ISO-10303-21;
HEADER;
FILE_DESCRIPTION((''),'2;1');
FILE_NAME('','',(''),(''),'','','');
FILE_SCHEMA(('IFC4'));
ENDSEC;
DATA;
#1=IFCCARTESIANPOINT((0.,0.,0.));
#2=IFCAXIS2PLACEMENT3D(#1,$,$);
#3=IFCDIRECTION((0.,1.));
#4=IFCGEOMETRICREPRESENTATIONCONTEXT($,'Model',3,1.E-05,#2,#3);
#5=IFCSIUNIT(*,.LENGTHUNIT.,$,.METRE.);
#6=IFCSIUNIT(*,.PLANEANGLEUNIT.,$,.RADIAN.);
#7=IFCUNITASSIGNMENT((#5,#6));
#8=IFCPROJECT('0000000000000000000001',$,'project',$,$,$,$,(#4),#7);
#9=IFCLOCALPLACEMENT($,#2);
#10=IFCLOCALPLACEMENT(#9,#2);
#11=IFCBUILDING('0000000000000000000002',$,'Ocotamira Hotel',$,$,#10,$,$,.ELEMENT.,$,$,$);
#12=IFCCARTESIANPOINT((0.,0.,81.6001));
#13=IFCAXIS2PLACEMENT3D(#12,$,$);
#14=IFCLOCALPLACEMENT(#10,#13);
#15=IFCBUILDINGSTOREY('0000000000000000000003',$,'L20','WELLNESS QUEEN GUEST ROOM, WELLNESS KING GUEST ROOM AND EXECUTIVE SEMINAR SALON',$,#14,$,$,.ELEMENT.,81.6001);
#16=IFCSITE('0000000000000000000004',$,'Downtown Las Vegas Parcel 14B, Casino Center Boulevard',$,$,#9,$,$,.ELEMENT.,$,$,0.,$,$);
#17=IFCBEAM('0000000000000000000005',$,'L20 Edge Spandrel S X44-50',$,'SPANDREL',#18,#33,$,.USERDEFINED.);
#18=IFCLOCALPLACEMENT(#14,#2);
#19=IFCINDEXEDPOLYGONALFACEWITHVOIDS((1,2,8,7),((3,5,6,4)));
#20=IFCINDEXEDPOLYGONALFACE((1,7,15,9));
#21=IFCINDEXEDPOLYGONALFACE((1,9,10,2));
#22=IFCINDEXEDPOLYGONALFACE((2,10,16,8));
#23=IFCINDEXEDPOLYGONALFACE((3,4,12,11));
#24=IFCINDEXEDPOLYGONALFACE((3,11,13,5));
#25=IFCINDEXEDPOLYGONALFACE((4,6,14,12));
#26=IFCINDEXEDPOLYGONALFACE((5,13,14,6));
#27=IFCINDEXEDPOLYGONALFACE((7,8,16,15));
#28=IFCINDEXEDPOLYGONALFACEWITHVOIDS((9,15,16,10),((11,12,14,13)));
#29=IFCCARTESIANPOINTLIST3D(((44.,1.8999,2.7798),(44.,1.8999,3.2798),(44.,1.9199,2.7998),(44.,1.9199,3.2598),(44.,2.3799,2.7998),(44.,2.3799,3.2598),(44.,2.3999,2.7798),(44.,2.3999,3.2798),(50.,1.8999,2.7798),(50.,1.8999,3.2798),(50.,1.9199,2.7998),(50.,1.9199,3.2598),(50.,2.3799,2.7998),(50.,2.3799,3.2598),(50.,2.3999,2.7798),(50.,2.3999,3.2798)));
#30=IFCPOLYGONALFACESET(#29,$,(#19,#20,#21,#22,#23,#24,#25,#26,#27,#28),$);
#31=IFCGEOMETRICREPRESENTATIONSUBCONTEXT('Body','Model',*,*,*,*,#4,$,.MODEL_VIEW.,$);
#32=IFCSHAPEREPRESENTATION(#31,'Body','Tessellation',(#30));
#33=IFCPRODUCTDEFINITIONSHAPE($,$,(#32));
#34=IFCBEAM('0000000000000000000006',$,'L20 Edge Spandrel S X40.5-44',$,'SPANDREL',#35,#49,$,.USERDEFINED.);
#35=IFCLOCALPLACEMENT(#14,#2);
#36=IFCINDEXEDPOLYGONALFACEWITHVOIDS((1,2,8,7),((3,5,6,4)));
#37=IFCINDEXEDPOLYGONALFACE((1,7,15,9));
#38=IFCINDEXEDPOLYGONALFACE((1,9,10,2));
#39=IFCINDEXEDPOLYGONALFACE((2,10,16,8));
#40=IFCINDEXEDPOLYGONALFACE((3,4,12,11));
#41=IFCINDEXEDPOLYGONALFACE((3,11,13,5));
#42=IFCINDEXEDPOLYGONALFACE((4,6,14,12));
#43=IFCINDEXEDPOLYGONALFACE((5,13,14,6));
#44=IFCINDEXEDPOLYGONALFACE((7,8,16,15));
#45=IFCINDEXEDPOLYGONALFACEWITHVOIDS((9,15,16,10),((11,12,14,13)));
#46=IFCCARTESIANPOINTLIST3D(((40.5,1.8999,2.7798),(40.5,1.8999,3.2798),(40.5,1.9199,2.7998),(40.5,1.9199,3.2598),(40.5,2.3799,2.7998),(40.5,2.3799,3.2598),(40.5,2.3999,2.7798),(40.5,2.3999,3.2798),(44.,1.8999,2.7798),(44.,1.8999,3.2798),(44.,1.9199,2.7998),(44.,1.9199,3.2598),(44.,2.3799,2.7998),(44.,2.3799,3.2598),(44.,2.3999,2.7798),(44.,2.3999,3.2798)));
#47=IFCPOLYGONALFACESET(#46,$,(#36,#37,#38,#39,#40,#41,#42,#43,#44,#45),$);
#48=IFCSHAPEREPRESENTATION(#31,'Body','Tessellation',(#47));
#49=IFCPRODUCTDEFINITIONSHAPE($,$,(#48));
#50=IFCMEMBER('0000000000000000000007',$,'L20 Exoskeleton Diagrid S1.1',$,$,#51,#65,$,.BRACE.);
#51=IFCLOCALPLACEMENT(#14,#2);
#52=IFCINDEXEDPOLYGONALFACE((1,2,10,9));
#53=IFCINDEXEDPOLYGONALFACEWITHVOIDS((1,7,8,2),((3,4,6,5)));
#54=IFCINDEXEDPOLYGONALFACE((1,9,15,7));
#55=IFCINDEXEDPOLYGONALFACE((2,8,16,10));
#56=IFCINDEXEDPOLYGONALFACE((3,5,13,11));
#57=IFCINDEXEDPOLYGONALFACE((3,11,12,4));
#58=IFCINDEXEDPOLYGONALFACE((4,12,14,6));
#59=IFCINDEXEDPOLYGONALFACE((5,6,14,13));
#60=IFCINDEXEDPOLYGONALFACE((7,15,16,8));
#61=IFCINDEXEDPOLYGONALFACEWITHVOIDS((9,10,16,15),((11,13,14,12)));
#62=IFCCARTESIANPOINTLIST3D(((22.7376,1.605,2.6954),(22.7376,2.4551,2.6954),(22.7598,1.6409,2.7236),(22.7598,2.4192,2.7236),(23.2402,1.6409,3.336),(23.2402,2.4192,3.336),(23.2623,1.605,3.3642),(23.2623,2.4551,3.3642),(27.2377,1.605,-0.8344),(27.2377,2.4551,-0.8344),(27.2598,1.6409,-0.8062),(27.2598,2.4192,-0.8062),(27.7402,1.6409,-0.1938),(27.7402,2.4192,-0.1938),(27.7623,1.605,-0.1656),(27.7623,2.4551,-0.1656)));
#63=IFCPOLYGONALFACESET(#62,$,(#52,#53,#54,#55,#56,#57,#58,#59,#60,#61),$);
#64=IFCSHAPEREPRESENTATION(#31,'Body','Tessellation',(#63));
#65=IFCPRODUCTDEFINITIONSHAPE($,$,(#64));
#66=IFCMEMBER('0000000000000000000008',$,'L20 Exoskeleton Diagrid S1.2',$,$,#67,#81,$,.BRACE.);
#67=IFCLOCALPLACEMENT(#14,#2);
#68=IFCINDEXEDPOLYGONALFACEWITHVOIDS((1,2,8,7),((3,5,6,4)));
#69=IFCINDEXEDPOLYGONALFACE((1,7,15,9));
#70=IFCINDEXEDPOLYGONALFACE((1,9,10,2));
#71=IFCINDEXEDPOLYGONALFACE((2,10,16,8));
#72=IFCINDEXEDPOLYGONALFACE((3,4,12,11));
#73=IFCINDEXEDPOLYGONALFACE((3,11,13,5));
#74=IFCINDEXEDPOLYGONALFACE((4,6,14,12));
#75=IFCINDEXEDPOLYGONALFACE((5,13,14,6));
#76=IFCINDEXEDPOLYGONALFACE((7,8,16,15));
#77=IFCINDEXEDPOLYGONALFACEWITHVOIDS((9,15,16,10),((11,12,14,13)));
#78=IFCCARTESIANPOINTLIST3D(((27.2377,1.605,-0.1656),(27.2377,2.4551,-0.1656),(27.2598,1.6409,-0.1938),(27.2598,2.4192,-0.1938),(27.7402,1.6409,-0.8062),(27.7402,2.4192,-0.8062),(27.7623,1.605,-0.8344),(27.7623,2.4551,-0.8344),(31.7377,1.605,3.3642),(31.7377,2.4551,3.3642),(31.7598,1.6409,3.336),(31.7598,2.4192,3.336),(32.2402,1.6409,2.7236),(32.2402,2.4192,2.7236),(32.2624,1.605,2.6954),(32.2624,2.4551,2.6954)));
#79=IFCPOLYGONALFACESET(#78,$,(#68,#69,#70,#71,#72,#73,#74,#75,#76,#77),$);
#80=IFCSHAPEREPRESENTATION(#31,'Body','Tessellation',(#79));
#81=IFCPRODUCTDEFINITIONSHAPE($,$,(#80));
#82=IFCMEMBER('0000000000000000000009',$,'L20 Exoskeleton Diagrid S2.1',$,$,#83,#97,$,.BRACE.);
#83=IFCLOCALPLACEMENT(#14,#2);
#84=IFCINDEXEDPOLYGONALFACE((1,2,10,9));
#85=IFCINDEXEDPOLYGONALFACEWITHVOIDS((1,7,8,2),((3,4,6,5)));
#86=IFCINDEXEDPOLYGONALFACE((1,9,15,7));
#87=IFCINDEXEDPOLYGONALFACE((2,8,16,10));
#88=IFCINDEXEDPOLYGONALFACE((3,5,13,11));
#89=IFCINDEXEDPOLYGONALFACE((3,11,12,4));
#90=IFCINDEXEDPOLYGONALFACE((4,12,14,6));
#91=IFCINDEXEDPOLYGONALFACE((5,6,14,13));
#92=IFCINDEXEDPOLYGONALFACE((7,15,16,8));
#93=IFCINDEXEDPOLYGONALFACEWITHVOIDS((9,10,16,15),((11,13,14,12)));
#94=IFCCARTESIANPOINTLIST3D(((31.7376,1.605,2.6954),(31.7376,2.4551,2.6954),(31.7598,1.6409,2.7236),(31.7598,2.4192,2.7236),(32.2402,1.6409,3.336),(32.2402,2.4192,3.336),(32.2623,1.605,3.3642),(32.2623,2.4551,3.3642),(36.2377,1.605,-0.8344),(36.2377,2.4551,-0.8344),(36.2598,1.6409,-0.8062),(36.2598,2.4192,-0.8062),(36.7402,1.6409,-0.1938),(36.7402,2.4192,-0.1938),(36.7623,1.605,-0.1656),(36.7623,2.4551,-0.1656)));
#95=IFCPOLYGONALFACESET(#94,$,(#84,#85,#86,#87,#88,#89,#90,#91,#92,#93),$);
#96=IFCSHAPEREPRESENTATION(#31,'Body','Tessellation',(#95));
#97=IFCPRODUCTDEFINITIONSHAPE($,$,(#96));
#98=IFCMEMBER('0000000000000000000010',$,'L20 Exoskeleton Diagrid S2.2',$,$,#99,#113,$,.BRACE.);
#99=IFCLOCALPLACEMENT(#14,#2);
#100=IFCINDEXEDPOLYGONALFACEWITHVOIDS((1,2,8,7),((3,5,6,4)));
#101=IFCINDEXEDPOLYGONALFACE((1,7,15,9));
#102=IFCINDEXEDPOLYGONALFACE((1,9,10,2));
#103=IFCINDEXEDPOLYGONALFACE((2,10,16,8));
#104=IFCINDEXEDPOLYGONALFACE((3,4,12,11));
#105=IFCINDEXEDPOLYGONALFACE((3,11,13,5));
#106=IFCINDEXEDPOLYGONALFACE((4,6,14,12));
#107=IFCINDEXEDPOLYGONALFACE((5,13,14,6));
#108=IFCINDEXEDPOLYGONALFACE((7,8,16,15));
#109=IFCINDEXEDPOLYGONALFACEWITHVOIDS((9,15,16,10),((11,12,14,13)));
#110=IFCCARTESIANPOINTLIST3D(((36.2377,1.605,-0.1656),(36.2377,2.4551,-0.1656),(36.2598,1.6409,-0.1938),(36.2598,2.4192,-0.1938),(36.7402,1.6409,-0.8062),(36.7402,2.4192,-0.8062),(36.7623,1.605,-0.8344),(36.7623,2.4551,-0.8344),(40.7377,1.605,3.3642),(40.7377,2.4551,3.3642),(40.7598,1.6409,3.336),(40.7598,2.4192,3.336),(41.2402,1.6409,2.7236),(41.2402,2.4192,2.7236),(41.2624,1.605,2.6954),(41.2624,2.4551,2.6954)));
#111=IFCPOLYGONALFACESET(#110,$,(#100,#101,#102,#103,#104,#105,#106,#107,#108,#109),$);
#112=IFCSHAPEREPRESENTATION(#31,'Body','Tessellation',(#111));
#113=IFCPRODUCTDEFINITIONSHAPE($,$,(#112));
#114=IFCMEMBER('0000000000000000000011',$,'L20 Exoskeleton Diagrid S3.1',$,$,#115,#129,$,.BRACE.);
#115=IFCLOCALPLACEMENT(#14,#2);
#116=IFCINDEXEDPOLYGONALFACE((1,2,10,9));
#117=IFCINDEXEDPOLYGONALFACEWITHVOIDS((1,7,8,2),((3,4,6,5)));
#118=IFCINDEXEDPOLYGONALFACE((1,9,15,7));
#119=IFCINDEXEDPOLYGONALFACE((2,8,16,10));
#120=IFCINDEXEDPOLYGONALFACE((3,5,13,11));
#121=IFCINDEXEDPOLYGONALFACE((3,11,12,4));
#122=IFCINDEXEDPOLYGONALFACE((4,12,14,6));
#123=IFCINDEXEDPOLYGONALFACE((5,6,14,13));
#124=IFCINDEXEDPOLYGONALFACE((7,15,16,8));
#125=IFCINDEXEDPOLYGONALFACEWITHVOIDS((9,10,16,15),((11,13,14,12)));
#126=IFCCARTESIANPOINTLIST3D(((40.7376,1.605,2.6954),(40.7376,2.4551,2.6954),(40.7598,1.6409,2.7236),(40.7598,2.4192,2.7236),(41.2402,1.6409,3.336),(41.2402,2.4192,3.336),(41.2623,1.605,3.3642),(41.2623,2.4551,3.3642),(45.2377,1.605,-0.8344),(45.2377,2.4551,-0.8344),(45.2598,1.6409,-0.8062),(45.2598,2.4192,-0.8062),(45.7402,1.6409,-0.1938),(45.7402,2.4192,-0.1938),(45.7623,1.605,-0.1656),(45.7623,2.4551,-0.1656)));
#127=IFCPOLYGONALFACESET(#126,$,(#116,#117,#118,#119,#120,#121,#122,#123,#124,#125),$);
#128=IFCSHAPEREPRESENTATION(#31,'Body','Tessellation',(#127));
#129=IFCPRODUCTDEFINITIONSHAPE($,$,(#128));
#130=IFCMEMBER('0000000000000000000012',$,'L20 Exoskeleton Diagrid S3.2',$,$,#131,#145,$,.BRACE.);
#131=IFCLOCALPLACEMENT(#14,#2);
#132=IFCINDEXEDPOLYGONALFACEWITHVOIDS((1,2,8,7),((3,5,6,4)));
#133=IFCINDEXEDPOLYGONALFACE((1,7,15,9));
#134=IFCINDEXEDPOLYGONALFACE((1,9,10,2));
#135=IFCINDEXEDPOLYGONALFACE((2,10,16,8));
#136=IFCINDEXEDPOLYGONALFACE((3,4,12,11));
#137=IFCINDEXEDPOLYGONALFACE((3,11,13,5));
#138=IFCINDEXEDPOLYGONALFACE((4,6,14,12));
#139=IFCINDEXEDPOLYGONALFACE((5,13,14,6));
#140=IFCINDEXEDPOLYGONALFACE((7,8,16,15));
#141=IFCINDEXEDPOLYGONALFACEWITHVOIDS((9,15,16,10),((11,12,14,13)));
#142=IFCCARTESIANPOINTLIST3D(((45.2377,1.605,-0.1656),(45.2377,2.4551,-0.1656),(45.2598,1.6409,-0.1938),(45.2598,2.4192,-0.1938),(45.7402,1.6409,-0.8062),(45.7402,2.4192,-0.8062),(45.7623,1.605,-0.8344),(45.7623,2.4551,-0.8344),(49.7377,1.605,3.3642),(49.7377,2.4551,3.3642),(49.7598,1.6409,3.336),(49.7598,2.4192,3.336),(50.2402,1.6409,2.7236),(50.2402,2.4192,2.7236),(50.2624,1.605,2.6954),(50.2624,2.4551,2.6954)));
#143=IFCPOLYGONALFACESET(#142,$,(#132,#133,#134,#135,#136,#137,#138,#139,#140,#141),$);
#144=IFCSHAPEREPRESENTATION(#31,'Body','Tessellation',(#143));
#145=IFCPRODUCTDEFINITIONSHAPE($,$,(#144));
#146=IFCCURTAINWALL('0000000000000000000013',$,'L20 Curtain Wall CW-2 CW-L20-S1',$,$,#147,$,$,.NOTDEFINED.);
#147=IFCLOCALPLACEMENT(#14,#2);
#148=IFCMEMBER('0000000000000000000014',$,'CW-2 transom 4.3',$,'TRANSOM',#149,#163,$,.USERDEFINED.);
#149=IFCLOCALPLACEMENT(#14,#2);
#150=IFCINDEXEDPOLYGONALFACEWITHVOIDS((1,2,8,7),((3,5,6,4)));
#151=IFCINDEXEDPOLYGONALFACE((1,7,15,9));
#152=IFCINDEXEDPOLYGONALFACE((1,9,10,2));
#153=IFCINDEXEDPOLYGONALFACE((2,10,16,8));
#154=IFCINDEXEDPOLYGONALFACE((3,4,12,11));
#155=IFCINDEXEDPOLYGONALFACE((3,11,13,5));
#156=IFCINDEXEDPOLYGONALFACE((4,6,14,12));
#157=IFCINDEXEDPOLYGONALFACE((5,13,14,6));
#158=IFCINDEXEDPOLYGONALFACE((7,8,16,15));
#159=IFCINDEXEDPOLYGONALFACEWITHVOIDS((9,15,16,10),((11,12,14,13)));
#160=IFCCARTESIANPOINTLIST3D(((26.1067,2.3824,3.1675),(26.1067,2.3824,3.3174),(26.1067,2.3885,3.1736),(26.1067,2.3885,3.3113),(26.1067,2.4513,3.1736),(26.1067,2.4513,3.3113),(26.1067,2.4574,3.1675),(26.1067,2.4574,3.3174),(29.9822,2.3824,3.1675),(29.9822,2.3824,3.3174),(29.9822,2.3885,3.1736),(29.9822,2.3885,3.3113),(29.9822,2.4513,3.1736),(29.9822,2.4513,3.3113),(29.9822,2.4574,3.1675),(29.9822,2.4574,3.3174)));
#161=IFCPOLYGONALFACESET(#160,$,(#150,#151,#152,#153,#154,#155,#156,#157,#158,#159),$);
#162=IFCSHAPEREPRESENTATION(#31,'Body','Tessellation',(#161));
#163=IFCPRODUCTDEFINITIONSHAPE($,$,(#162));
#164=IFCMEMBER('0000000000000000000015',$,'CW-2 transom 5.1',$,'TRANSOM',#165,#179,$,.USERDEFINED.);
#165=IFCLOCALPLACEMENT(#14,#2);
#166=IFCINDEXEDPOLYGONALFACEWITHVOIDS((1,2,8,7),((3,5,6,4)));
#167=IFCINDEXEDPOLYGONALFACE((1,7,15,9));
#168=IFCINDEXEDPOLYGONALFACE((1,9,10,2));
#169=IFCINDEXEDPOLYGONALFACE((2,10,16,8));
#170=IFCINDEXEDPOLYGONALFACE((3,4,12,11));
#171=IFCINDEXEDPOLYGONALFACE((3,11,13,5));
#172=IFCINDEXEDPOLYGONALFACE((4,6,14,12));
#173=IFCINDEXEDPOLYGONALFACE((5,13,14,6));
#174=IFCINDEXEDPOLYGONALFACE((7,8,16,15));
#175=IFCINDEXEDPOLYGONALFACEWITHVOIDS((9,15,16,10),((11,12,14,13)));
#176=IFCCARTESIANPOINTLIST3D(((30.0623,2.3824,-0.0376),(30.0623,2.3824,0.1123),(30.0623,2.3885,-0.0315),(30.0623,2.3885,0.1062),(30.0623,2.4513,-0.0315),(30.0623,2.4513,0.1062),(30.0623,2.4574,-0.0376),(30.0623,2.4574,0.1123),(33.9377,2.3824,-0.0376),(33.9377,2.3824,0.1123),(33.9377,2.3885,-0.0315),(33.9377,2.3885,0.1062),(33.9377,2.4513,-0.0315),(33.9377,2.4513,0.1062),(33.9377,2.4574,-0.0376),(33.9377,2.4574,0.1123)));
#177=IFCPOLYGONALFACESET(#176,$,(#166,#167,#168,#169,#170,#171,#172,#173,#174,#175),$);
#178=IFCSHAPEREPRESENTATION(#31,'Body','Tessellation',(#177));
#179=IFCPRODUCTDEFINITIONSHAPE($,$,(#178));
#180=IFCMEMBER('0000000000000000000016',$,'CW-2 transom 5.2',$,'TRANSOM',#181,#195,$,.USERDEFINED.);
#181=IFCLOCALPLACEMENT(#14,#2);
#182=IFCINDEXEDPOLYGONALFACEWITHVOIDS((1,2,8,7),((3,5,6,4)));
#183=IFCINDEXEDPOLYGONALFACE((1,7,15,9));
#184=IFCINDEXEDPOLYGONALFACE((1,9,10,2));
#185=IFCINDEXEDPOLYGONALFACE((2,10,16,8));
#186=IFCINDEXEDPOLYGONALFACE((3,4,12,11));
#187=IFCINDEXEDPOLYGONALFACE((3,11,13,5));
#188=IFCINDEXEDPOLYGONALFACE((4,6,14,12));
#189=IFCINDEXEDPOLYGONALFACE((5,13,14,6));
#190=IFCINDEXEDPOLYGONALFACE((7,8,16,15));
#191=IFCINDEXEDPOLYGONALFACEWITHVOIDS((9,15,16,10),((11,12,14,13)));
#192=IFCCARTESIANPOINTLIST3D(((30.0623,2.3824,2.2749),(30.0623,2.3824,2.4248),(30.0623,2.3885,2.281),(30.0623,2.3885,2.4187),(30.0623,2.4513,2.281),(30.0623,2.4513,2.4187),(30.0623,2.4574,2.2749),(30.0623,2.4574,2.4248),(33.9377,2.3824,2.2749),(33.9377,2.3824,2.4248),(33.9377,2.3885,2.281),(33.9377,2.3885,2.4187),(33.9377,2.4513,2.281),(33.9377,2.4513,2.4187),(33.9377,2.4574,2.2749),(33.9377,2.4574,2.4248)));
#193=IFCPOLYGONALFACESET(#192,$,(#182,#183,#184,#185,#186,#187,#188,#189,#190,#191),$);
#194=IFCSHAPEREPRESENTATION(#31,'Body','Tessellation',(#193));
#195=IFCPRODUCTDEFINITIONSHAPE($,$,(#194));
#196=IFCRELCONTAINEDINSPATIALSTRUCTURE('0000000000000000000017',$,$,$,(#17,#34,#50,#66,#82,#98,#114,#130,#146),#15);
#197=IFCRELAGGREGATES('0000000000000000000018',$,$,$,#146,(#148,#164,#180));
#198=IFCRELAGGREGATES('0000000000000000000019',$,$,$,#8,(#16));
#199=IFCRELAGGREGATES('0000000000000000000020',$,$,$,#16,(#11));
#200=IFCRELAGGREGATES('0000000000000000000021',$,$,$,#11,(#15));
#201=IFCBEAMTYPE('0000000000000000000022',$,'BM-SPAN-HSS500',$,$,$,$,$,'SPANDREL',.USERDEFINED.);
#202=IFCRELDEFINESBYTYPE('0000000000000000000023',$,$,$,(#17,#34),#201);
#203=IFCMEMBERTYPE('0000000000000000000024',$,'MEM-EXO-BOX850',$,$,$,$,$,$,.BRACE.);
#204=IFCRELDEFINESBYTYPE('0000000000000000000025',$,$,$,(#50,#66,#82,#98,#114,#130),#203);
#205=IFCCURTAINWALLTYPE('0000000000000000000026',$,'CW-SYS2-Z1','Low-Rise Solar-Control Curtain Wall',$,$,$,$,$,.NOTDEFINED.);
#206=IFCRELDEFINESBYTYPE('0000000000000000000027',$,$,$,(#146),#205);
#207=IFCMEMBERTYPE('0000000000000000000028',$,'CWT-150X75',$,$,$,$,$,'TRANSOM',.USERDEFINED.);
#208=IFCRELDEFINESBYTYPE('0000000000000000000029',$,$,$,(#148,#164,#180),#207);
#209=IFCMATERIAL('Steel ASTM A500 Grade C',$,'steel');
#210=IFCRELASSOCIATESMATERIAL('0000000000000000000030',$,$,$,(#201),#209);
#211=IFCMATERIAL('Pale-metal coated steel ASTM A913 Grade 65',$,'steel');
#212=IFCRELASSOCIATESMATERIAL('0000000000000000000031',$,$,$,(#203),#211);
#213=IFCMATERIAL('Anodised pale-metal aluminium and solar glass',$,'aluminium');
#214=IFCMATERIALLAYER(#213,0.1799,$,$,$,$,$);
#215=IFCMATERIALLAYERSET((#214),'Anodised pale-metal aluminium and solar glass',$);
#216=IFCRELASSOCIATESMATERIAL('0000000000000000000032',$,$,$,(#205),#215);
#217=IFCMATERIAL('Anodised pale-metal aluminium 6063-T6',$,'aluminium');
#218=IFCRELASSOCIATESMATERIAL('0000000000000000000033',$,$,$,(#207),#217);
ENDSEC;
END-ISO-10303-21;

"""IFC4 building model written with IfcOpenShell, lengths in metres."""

from ifc_helpers import new_model, si_unit, direction, frame, origin, origin_2d, place, context, subcontext, project, spatial, hollow_rectangle, extrude, source, transform, mapped, material, layer, layer_set, material_profile, profile_set, type_object, element, aggregate, save


model = new_model("IFC4")

# Units and contexts
model_context = context("Model", 3, precision=1e-05, world=origin(), true_north=direction((0.0, 1.0)))
body_context = subcontext(model_context, "Body", "Model", "MODEL_VIEW")
ifc_project = project(units=[si_unit("LENGTHUNIT", "METRE"), si_unit("PLANEANGLEUNIT", "RADIAN")], contexts=[model_context])

# Site, building, storey
site_placement = place(None, origin())
site = spatial("IfcSite", under=ifc_project, at=site_placement, Name="Downtown Las Vegas Parcel 14B, Casino Center Boulevard", CompositionType="ELEMENT", RefElevation=0.0)
building_placement = place(site_placement, origin())
building = spatial("IfcBuilding", under=site, at=building_placement, Name="Ocotamira Hotel", CompositionType="ELEMENT")
storey_placement = place(building_placement, frame((0.0, 0.0, 81.6001)))
storey = spatial("IfcBuildingStorey", under=building, at=storey_placement, Name="L20", Description="WELLNESS QUEEN GUEST ROOM, WELLNESS KING GUEST ROOM AND EXECUTIVE SEMINAR SALON", CompositionType="ELEMENT", Elevation=81.6001)

# Beams
ifc_material_1 = material(Name="Steel ASTM A500 Grade C", Category="steel")
ifc_material_profile_1 = material_profile(ifc_material_1, hollow_rectangle(XDim=0.5, YDim=0.5, WallThickness=0.02, at=origin_2d()), Name="HSS500X500X20")
ifc_profile_set_1 = profile_set([ifc_material_profile_1], Name="Steel ASTM A500 Grade C")
beam_type = type_object("IfcBeamType", Name="BM-SPAN-HSS500", ElementType="SPANDREL", PredefinedType="USERDEFINED", material=ifc_profile_set_1)
shared_shape_1 = source(origin(), body_context, "Body", "SweptSolid", [
    extrude(hollow_rectangle(XDim=0.5, YDim=0.5, WallThickness=0.02, at=origin_2d()), origin(), (0.0, 0.0, 1.0), 6.0),
])
beam_1_placement = place(storey_placement, frame((44.0, 2.1499, 3.0298), z_axis=(1.0, 0.0, 0.0), x_axis=(0.0, 1.0, 0.0)))
element("IfcBeam", 1, at=beam_1_placement, inside=storey, type_object=beam_type, Name="L20 Edge Spandrel S X44-50", ObjectType="SPANDREL", PredefinedType="USERDEFINED", context=body_context, shape_type="MappedRepresentation", body=[
    mapped(shared_shape_1, transform((0.0, 0.0, 0.0), scale=1.0)),
])
shared_shape_2 = source(origin(), body_context, "Body", "SweptSolid", [
    extrude(hollow_rectangle(XDim=0.5, YDim=0.5, WallThickness=0.02, at=origin_2d()), origin(), (0.0, 0.0, 1.0), 3.5),
])
beam_2_placement = place(storey_placement, frame((40.5, 2.1499, 3.0298), z_axis=(1.0, 0.0, 0.0), x_axis=(0.0, 1.0, 0.0)))
element("IfcBeam", 2, at=beam_2_placement, inside=storey, type_object=beam_type, Name="L20 Edge Spandrel S X40.5-44", ObjectType="SPANDREL", PredefinedType="USERDEFINED", context=body_context, shape_type="MappedRepresentation", body=[
    mapped(shared_shape_2, transform((0.0, 0.0, 0.0), scale=1.0)),
])

# Members
ifc_material_2 = material(Name="Pale-metal coated steel ASTM A913 Grade 65", Category="steel")
ifc_material_profile_2 = material_profile(ifc_material_2, hollow_rectangle(XDim=0.8501, YDim=0.8501, WallThickness=0.0359, at=origin_2d()), Name="BOX850X850X36")
ifc_profile_set_2 = profile_set([ifc_material_profile_2], Name="Pale-metal coated steel ASTM A913 Grade 65")
member_type_1 = type_object("IfcMemberType", Name="MEM-EXO-BOX850", PredefinedType="BRACE", material=ifc_profile_set_2)
shared_shape_3 = source(origin(), body_context, "Body", "SweptSolid", [
    extrude(hollow_rectangle(XDim=0.8501, YDim=0.8501, WallThickness=0.0359, at=origin_2d()), origin(), (0.0, 0.0, 1.0), 5.7192),
])
for number, where, z_axis, x_axis, name in (
    (3, (27.5, 2.03, -0.5), (-0.786822, 0.0, 0.61718), (0.0, -1.0, 0.0), "L20 Exoskeleton Diagrid S1.1"),
    (4, (27.5, 2.03, -0.5), (0.786822, 0.0, 0.61718), (0.0, 1.0, 0.0), "L20 Exoskeleton Diagrid S1.2"),
    (5, (36.5, 2.03, -0.5), (-0.786822, 0.0, 0.61718), (0.0, -1.0, 0.0), "L20 Exoskeleton Diagrid S2.1"),
    (6, (36.5, 2.03, -0.5), (0.786822, 0.0, 0.61718), (0.0, 1.0, 0.0), "L20 Exoskeleton Diagrid S2.2"),
    (7, (45.5, 2.03, -0.5), (-0.786822, 0.0, 0.61718), (0.0, -1.0, 0.0), "L20 Exoskeleton Diagrid S3.1"),
    (8, (45.5, 2.03, -0.5), (0.786822, 0.0, 0.61718), (0.0, 1.0, 0.0), "L20 Exoskeleton Diagrid S3.2"),
):
    element("IfcMember", number, at=place(storey_placement, frame(where, z_axis=z_axis, x_axis=x_axis)), inside=storey, type_object=member_type_1, Name=name, PredefinedType="BRACE", context=body_context, shape_type="MappedRepresentation", body=[
        mapped(shared_shape_3, transform((0.0, 0.0, 0.0), scale=1.0)),
    ])

# Curtain wall, members
ifc_material_3 = material(Name="Anodised pale-metal aluminium and solar glass", Category="aluminium")
ifc_layer_1 = layer(ifc_material_3, 0.1799)
ifc_layer_set_1 = layer_set([ifc_layer_1], Name="Anodised pale-metal aluminium and solar glass")
curtain_wall_type = type_object("IfcCurtainWallType", Name="CW-SYS2-Z1", Description="Low-Rise Solar-Control Curtain Wall", PredefinedType="NOTDEFINED", material=ifc_layer_set_1)
curtain_wall_placement = place(storey_placement, origin())
curtain_wall = element("IfcCurtainWall", 9, at=curtain_wall_placement, inside=storey, type_object=curtain_wall_type, Name="L20 Curtain Wall CW-2 CW-L20-S1", PredefinedType="NOTDEFINED")
ifc_material_4 = material(Name="Anodised pale-metal aluminium 6063-T6", Category="aluminium")
ifc_material_profile_3 = material_profile(ifc_material_4, hollow_rectangle(XDim=0.075, YDim=0.1499, WallThickness=0.0061, at=origin_2d()), Name="HSS150X75X6")
ifc_profile_set_3 = profile_set([ifc_material_profile_3], Name="Anodised pale-metal aluminium 6063-T6")
member_type_2 = type_object("IfcMemberType", Name="CWT-150X75", ElementType="TRANSOM", PredefinedType="USERDEFINED", material=ifc_profile_set_3)
shared_shape_4 = source(origin(), body_context, "Body", "SweptSolid", [
    extrude(hollow_rectangle(XDim=0.075, YDim=0.1499, WallThickness=0.0061, at=origin_2d()), origin(), (0.0, 0.0, 1.0), 3.8755),
])
member_1_placement = place(storey_placement, frame((26.1067, 2.4199, 3.2424), z_axis=(1.0, 0.0, 0.0), x_axis=(0.0, 1.0, 0.0)))
member_1 = element("IfcMember", 10, at=member_1_placement, type_object=member_type_2, Name="CW-2 transom 4.3", ObjectType="TRANSOM", PredefinedType="USERDEFINED", context=body_context, shape_type="MappedRepresentation", body=[
    mapped(shared_shape_4, transform((0.0, 0.0, 0.0), scale=1.0)),
])
member_2_placement = place(storey_placement, frame((30.0623, 2.4199, 0.0374), z_axis=(1.0, 0.0, 0.0), x_axis=(0.0, 1.0, 0.0)))
member_2 = element("IfcMember", 11, at=member_2_placement, type_object=member_type_2, Name="CW-2 transom 5.1", ObjectType="TRANSOM", PredefinedType="USERDEFINED", context=body_context, shape_type="MappedRepresentation", body=[
    mapped(shared_shape_4, transform((0.0, 0.0, 0.0), scale=1.0)),
])
member_3_placement = place(storey_placement, frame((30.0623, 2.4199, 2.3499), z_axis=(1.0, 0.0, 0.0), x_axis=(0.0, 1.0, 0.0)))
member_3 = element("IfcMember", 12, at=member_3_placement, type_object=member_type_2, Name="CW-2 transom 5.2", ObjectType="TRANSOM", PredefinedType="USERDEFINED", context=body_context, shape_type="MappedRepresentation", body=[
    mapped(shared_shape_4, transform((0.0, 0.0, 0.0), scale=1.0)),
])

aggregate(curtain_wall, [member_1, member_2, member_3])

save(model, "model.ifc")
